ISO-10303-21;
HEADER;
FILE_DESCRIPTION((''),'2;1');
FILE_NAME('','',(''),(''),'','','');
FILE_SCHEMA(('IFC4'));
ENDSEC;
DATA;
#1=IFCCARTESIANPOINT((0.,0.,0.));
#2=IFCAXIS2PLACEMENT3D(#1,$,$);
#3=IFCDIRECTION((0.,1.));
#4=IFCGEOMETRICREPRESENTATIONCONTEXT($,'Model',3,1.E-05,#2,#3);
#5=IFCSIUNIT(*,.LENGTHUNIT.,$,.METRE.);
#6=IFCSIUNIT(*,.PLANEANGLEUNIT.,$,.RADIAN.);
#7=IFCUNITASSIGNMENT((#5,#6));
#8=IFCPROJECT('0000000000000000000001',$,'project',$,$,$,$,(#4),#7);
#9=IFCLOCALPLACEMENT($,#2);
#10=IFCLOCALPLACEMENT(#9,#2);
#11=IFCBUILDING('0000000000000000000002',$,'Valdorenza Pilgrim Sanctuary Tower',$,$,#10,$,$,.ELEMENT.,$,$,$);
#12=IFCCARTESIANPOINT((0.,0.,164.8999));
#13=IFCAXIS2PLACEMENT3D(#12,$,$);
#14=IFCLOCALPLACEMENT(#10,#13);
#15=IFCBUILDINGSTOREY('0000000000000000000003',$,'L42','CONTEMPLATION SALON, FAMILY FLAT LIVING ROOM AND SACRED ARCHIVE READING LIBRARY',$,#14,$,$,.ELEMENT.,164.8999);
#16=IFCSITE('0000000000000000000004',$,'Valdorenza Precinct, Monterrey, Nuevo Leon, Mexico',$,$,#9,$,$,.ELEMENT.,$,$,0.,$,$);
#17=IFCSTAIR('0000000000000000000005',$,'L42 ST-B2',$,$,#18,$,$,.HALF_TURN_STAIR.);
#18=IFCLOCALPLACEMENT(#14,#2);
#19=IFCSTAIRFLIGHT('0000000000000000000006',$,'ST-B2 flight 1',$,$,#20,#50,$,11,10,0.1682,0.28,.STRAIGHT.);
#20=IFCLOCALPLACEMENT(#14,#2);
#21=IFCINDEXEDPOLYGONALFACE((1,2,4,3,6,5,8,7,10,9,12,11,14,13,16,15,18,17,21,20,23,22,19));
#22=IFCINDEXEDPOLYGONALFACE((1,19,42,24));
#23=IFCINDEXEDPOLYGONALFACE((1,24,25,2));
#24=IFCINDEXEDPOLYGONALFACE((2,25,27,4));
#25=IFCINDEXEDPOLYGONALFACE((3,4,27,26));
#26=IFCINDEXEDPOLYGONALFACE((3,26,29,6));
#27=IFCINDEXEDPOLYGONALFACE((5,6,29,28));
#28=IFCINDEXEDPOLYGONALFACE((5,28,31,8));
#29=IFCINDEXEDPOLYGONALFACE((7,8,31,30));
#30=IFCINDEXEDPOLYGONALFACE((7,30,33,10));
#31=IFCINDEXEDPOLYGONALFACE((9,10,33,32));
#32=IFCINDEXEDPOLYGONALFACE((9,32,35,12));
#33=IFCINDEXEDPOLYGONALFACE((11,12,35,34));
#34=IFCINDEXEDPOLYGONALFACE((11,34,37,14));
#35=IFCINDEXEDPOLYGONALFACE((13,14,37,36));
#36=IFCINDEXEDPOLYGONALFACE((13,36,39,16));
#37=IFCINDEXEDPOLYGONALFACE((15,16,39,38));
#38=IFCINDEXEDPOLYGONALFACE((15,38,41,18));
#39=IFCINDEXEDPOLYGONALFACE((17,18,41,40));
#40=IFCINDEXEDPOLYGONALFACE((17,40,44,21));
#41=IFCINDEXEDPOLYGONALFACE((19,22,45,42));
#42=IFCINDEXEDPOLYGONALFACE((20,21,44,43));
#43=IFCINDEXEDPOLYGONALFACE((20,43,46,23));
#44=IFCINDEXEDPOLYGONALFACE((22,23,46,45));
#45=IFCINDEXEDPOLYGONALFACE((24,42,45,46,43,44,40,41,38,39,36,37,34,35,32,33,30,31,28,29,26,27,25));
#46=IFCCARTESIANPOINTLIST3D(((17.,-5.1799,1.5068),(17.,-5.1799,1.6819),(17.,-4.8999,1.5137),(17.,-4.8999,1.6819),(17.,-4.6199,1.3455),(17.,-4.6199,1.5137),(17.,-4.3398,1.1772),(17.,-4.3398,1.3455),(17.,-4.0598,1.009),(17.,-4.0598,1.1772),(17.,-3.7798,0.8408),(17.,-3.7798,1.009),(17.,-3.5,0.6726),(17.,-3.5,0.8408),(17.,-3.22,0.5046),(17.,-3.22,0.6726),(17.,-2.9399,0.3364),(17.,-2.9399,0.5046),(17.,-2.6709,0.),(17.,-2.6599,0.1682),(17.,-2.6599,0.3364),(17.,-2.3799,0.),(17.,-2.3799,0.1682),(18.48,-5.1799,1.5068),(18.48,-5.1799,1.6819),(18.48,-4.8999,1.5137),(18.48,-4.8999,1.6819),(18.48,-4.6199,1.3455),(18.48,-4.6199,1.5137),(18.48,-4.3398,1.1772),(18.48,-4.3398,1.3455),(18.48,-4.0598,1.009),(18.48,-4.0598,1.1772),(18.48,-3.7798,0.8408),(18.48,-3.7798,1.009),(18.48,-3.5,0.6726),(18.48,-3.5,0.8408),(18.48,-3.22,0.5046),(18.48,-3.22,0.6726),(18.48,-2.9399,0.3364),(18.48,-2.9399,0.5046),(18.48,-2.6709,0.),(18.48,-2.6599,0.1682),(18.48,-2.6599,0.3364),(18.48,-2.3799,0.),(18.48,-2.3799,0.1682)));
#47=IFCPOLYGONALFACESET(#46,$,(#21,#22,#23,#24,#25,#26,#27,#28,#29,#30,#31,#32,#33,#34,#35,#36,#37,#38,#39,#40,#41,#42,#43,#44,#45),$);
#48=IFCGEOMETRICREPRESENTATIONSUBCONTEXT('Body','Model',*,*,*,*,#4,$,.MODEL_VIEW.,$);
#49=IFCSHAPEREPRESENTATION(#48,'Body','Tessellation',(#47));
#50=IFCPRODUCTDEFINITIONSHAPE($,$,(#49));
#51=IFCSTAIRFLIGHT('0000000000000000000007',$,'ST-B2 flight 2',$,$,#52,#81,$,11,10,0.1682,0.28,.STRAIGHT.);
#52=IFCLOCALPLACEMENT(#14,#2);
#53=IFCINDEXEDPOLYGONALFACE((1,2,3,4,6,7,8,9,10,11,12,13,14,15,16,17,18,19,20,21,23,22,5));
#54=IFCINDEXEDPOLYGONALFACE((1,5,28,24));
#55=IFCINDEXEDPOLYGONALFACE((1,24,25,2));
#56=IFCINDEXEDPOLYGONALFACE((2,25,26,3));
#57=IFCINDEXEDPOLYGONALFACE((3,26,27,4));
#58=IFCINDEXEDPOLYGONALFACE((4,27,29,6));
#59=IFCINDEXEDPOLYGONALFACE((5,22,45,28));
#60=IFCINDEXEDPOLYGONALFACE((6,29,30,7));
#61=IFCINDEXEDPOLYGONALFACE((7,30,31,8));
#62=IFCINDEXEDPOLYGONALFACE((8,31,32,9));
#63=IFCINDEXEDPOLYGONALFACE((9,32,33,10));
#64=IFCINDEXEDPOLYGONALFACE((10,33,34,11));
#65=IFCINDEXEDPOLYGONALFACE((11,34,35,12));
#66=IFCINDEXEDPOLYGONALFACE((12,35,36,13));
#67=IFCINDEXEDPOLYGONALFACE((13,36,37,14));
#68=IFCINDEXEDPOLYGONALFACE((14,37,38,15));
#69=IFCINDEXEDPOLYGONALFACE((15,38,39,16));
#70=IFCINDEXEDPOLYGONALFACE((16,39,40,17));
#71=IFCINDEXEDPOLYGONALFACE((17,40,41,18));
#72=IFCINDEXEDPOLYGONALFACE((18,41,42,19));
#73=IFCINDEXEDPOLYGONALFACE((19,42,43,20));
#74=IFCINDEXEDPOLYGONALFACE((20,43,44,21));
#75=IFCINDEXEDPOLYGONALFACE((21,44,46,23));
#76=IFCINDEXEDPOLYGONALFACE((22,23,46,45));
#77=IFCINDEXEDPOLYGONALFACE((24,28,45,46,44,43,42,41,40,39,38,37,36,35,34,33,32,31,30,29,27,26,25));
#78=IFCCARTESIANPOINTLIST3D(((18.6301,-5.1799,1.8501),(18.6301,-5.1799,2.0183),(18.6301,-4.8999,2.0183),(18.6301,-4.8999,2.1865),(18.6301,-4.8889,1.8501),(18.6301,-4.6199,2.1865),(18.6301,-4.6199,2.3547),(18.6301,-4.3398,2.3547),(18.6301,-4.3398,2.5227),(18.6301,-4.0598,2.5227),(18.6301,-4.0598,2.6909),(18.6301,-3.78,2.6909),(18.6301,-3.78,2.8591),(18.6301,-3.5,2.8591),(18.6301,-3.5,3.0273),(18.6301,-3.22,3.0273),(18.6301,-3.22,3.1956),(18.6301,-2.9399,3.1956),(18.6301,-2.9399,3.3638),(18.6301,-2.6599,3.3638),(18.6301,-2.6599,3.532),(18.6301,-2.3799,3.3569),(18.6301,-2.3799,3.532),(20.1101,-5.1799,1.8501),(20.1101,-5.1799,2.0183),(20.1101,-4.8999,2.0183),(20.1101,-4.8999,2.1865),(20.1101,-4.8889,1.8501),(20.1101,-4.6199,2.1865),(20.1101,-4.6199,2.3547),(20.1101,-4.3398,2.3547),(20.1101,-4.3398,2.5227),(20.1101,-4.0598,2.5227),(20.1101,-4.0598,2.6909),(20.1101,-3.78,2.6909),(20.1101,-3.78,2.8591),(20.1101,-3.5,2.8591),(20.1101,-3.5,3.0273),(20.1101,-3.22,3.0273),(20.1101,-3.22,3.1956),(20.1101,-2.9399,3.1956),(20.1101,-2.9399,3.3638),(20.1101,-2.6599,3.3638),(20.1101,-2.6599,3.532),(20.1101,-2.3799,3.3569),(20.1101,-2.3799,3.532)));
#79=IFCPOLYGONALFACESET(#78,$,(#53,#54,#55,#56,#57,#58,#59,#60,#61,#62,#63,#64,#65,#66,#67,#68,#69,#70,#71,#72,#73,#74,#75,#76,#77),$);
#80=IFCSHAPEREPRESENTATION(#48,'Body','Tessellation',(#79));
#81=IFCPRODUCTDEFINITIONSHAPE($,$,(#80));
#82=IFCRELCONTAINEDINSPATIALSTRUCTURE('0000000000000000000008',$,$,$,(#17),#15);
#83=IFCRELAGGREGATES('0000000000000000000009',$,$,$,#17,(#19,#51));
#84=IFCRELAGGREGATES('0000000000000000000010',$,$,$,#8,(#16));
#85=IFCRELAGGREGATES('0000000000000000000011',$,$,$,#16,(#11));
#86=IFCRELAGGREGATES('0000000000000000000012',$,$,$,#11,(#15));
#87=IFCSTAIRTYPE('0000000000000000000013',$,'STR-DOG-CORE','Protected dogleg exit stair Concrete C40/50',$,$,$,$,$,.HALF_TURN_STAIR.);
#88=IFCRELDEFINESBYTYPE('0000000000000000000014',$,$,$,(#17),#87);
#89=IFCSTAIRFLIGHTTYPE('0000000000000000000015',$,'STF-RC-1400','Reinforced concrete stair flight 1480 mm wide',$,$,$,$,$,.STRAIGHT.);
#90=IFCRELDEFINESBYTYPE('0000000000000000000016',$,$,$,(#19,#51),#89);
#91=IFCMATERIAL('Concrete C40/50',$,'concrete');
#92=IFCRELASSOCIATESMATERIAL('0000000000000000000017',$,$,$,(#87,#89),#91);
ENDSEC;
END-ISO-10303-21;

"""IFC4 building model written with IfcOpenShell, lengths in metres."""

from ifc_helpers import new_model, si_unit, direction, frame, origin, place, context, subcontext, project, spatial, polyline, outline, extrude, material, type_object, element, aggregate, save


model = new_model("IFC4")

# Units and contexts
model_context = context("Model", 3, precision=1e-05, world=origin(), true_north=direction((0.0, 1.0)))
body_context = subcontext(model_context, "Body", "Model", "MODEL_VIEW")
ifc_project = project(units=[si_unit("LENGTHUNIT", "METRE"), si_unit("PLANEANGLEUNIT", "RADIAN")], contexts=[model_context])

# Site, building, storey
site_placement = place(None, origin())
site = spatial("IfcSite", under=ifc_project, at=site_placement, Name="Valdorenza Precinct, Monterrey, Nuevo Leon, Mexico", CompositionType="ELEMENT", RefElevation=0.0)
building_placement = place(site_placement, origin())
building = spatial("IfcBuilding", under=site, at=building_placement, Name="Valdorenza Pilgrim Sanctuary Tower", CompositionType="ELEMENT")
storey_placement = place(building_placement, frame((0.0, 0.0, 164.8999)))
storey = spatial("IfcBuildingStorey", under=building, at=storey_placement, Name="L42", Description="CONTEMPLATION SALON, FAMILY FLAT LIVING ROOM AND SACRED ARCHIVE READING LIBRARY", CompositionType="ELEMENT", Elevation=164.8999)

# Shared definitions
ifc_material_1 = material(Name="Concrete C40/50", Category="concrete")

# Stair, stair flights
stair_type = type_object("IfcStairType", Name="STR-DOG-CORE", Description="Protected dogleg exit stair Concrete C40/50", PredefinedType="HALF_TURN_STAIR", material=ifc_material_1)
stair_placement = place(storey_placement, origin())
stair = element("IfcStair", 1, at=stair_placement, inside=storey, type_object=stair_type, Name="L42 ST-B2", PredefinedType="HALF_TURN_STAIR")
stair_flight_type = type_object("IfcStairFlightType", Name="STF-RC-1400", Description="Reinforced concrete stair flight 1480 mm wide", PredefinedType="STRAIGHT", material=ifc_material_1)
stair_flight_1_placement = place(storey_placement, frame((17.74, -2.3799, 0.0), z_axis=(0.0, 0.0, 1.0), x_axis=(0.0, -1.0, 0.0)))
stair_flight_1 = element("IfcStairFlight", 2, at=stair_flight_1_placement, type_object=stair_flight_type, Name="ST-B2 flight 1", NumberOfRisers=11, NumberOfTreads=10, PredefinedType="STRAIGHT", RiserHeight=0.1682, TreadLength=0.28, context=body_context, shape_type="SweptSolid", body=[
    extrude(outline(polyline([(0.0, 0.0), (0.0, 0.1682), (0.28, 0.1682), (0.28, 0.3364), (0.5601, 0.3364), (0.5601, 0.5046), (0.8401, 0.5046), (0.8401, 0.6726), (1.1201, 0.6726), (1.1201, 0.8408), (1.3999, 0.8408), (1.3999, 1.009), (1.6799, 1.009), (1.6799, 1.1772), (1.96, 1.1772), (1.96, 1.3455), (2.24, 1.3455), (2.24, 1.5137), (2.52, 1.5137), (2.52, 1.6819), (2.8, 1.6819), (2.8, 1.8501), (2.8, 1.5068), (0.291, 0.0), (0.0, 0.0)])), frame((0.0, 0.74, 0.0), z_axis=(0.0, -1.0, 0.0), x_axis=(1.0, 0.0, 0.0)), (0.0, 0.0, 1.0), 1.48),
])
stair_flight_2_placement = place(storey_placement, frame((19.3701, -5.1799, 1.8501), z_axis=(0.0, 0.0, 1.0), x_axis=(0.0, 1.0, 0.0)))
stair_flight_2 = element("IfcStairFlight", 3, at=stair_flight_2_placement, type_object=stair_flight_type, Name="ST-B2 flight 2", NumberOfRisers=11, NumberOfTreads=10, PredefinedType="STRAIGHT", RiserHeight=0.1682, TreadLength=0.28, context=body_context, shape_type="SweptSolid", body=[
    extrude(outline(polyline([(0.0, 0.0), (0.0, 0.1682), (0.28, 0.1682), (0.28, 0.3364), (0.5601, 0.3364), (0.5601, 0.5046), (0.8401, 0.5046), (0.8401, 0.6726), (1.1201, 0.6726), (1.1201, 0.8408), (1.3999, 0.8408), (1.3999, 1.009), (1.6799, 1.009), (1.6799, 1.1772), (1.96, 1.1772), (1.96, 1.3455), (2.24, 1.3455), (2.24, 1.5137), (2.52, 1.5137), (2.52, 1.6819), (2.8, 1.6819), (2.8, 1.8501), (2.8, 1.5068), (0.291, 0.0), (0.0, 0.0)])), frame((0.0, 0.74, 0.0), z_axis=(0.0, -1.0, 0.0), x_axis=(1.0, 0.0, 0.0)), (0.0, 0.0, 1.0), 1.48),
])
aggregate(stair, [stair_flight_1, stair_flight_2])

save(model, "model.ifc")
